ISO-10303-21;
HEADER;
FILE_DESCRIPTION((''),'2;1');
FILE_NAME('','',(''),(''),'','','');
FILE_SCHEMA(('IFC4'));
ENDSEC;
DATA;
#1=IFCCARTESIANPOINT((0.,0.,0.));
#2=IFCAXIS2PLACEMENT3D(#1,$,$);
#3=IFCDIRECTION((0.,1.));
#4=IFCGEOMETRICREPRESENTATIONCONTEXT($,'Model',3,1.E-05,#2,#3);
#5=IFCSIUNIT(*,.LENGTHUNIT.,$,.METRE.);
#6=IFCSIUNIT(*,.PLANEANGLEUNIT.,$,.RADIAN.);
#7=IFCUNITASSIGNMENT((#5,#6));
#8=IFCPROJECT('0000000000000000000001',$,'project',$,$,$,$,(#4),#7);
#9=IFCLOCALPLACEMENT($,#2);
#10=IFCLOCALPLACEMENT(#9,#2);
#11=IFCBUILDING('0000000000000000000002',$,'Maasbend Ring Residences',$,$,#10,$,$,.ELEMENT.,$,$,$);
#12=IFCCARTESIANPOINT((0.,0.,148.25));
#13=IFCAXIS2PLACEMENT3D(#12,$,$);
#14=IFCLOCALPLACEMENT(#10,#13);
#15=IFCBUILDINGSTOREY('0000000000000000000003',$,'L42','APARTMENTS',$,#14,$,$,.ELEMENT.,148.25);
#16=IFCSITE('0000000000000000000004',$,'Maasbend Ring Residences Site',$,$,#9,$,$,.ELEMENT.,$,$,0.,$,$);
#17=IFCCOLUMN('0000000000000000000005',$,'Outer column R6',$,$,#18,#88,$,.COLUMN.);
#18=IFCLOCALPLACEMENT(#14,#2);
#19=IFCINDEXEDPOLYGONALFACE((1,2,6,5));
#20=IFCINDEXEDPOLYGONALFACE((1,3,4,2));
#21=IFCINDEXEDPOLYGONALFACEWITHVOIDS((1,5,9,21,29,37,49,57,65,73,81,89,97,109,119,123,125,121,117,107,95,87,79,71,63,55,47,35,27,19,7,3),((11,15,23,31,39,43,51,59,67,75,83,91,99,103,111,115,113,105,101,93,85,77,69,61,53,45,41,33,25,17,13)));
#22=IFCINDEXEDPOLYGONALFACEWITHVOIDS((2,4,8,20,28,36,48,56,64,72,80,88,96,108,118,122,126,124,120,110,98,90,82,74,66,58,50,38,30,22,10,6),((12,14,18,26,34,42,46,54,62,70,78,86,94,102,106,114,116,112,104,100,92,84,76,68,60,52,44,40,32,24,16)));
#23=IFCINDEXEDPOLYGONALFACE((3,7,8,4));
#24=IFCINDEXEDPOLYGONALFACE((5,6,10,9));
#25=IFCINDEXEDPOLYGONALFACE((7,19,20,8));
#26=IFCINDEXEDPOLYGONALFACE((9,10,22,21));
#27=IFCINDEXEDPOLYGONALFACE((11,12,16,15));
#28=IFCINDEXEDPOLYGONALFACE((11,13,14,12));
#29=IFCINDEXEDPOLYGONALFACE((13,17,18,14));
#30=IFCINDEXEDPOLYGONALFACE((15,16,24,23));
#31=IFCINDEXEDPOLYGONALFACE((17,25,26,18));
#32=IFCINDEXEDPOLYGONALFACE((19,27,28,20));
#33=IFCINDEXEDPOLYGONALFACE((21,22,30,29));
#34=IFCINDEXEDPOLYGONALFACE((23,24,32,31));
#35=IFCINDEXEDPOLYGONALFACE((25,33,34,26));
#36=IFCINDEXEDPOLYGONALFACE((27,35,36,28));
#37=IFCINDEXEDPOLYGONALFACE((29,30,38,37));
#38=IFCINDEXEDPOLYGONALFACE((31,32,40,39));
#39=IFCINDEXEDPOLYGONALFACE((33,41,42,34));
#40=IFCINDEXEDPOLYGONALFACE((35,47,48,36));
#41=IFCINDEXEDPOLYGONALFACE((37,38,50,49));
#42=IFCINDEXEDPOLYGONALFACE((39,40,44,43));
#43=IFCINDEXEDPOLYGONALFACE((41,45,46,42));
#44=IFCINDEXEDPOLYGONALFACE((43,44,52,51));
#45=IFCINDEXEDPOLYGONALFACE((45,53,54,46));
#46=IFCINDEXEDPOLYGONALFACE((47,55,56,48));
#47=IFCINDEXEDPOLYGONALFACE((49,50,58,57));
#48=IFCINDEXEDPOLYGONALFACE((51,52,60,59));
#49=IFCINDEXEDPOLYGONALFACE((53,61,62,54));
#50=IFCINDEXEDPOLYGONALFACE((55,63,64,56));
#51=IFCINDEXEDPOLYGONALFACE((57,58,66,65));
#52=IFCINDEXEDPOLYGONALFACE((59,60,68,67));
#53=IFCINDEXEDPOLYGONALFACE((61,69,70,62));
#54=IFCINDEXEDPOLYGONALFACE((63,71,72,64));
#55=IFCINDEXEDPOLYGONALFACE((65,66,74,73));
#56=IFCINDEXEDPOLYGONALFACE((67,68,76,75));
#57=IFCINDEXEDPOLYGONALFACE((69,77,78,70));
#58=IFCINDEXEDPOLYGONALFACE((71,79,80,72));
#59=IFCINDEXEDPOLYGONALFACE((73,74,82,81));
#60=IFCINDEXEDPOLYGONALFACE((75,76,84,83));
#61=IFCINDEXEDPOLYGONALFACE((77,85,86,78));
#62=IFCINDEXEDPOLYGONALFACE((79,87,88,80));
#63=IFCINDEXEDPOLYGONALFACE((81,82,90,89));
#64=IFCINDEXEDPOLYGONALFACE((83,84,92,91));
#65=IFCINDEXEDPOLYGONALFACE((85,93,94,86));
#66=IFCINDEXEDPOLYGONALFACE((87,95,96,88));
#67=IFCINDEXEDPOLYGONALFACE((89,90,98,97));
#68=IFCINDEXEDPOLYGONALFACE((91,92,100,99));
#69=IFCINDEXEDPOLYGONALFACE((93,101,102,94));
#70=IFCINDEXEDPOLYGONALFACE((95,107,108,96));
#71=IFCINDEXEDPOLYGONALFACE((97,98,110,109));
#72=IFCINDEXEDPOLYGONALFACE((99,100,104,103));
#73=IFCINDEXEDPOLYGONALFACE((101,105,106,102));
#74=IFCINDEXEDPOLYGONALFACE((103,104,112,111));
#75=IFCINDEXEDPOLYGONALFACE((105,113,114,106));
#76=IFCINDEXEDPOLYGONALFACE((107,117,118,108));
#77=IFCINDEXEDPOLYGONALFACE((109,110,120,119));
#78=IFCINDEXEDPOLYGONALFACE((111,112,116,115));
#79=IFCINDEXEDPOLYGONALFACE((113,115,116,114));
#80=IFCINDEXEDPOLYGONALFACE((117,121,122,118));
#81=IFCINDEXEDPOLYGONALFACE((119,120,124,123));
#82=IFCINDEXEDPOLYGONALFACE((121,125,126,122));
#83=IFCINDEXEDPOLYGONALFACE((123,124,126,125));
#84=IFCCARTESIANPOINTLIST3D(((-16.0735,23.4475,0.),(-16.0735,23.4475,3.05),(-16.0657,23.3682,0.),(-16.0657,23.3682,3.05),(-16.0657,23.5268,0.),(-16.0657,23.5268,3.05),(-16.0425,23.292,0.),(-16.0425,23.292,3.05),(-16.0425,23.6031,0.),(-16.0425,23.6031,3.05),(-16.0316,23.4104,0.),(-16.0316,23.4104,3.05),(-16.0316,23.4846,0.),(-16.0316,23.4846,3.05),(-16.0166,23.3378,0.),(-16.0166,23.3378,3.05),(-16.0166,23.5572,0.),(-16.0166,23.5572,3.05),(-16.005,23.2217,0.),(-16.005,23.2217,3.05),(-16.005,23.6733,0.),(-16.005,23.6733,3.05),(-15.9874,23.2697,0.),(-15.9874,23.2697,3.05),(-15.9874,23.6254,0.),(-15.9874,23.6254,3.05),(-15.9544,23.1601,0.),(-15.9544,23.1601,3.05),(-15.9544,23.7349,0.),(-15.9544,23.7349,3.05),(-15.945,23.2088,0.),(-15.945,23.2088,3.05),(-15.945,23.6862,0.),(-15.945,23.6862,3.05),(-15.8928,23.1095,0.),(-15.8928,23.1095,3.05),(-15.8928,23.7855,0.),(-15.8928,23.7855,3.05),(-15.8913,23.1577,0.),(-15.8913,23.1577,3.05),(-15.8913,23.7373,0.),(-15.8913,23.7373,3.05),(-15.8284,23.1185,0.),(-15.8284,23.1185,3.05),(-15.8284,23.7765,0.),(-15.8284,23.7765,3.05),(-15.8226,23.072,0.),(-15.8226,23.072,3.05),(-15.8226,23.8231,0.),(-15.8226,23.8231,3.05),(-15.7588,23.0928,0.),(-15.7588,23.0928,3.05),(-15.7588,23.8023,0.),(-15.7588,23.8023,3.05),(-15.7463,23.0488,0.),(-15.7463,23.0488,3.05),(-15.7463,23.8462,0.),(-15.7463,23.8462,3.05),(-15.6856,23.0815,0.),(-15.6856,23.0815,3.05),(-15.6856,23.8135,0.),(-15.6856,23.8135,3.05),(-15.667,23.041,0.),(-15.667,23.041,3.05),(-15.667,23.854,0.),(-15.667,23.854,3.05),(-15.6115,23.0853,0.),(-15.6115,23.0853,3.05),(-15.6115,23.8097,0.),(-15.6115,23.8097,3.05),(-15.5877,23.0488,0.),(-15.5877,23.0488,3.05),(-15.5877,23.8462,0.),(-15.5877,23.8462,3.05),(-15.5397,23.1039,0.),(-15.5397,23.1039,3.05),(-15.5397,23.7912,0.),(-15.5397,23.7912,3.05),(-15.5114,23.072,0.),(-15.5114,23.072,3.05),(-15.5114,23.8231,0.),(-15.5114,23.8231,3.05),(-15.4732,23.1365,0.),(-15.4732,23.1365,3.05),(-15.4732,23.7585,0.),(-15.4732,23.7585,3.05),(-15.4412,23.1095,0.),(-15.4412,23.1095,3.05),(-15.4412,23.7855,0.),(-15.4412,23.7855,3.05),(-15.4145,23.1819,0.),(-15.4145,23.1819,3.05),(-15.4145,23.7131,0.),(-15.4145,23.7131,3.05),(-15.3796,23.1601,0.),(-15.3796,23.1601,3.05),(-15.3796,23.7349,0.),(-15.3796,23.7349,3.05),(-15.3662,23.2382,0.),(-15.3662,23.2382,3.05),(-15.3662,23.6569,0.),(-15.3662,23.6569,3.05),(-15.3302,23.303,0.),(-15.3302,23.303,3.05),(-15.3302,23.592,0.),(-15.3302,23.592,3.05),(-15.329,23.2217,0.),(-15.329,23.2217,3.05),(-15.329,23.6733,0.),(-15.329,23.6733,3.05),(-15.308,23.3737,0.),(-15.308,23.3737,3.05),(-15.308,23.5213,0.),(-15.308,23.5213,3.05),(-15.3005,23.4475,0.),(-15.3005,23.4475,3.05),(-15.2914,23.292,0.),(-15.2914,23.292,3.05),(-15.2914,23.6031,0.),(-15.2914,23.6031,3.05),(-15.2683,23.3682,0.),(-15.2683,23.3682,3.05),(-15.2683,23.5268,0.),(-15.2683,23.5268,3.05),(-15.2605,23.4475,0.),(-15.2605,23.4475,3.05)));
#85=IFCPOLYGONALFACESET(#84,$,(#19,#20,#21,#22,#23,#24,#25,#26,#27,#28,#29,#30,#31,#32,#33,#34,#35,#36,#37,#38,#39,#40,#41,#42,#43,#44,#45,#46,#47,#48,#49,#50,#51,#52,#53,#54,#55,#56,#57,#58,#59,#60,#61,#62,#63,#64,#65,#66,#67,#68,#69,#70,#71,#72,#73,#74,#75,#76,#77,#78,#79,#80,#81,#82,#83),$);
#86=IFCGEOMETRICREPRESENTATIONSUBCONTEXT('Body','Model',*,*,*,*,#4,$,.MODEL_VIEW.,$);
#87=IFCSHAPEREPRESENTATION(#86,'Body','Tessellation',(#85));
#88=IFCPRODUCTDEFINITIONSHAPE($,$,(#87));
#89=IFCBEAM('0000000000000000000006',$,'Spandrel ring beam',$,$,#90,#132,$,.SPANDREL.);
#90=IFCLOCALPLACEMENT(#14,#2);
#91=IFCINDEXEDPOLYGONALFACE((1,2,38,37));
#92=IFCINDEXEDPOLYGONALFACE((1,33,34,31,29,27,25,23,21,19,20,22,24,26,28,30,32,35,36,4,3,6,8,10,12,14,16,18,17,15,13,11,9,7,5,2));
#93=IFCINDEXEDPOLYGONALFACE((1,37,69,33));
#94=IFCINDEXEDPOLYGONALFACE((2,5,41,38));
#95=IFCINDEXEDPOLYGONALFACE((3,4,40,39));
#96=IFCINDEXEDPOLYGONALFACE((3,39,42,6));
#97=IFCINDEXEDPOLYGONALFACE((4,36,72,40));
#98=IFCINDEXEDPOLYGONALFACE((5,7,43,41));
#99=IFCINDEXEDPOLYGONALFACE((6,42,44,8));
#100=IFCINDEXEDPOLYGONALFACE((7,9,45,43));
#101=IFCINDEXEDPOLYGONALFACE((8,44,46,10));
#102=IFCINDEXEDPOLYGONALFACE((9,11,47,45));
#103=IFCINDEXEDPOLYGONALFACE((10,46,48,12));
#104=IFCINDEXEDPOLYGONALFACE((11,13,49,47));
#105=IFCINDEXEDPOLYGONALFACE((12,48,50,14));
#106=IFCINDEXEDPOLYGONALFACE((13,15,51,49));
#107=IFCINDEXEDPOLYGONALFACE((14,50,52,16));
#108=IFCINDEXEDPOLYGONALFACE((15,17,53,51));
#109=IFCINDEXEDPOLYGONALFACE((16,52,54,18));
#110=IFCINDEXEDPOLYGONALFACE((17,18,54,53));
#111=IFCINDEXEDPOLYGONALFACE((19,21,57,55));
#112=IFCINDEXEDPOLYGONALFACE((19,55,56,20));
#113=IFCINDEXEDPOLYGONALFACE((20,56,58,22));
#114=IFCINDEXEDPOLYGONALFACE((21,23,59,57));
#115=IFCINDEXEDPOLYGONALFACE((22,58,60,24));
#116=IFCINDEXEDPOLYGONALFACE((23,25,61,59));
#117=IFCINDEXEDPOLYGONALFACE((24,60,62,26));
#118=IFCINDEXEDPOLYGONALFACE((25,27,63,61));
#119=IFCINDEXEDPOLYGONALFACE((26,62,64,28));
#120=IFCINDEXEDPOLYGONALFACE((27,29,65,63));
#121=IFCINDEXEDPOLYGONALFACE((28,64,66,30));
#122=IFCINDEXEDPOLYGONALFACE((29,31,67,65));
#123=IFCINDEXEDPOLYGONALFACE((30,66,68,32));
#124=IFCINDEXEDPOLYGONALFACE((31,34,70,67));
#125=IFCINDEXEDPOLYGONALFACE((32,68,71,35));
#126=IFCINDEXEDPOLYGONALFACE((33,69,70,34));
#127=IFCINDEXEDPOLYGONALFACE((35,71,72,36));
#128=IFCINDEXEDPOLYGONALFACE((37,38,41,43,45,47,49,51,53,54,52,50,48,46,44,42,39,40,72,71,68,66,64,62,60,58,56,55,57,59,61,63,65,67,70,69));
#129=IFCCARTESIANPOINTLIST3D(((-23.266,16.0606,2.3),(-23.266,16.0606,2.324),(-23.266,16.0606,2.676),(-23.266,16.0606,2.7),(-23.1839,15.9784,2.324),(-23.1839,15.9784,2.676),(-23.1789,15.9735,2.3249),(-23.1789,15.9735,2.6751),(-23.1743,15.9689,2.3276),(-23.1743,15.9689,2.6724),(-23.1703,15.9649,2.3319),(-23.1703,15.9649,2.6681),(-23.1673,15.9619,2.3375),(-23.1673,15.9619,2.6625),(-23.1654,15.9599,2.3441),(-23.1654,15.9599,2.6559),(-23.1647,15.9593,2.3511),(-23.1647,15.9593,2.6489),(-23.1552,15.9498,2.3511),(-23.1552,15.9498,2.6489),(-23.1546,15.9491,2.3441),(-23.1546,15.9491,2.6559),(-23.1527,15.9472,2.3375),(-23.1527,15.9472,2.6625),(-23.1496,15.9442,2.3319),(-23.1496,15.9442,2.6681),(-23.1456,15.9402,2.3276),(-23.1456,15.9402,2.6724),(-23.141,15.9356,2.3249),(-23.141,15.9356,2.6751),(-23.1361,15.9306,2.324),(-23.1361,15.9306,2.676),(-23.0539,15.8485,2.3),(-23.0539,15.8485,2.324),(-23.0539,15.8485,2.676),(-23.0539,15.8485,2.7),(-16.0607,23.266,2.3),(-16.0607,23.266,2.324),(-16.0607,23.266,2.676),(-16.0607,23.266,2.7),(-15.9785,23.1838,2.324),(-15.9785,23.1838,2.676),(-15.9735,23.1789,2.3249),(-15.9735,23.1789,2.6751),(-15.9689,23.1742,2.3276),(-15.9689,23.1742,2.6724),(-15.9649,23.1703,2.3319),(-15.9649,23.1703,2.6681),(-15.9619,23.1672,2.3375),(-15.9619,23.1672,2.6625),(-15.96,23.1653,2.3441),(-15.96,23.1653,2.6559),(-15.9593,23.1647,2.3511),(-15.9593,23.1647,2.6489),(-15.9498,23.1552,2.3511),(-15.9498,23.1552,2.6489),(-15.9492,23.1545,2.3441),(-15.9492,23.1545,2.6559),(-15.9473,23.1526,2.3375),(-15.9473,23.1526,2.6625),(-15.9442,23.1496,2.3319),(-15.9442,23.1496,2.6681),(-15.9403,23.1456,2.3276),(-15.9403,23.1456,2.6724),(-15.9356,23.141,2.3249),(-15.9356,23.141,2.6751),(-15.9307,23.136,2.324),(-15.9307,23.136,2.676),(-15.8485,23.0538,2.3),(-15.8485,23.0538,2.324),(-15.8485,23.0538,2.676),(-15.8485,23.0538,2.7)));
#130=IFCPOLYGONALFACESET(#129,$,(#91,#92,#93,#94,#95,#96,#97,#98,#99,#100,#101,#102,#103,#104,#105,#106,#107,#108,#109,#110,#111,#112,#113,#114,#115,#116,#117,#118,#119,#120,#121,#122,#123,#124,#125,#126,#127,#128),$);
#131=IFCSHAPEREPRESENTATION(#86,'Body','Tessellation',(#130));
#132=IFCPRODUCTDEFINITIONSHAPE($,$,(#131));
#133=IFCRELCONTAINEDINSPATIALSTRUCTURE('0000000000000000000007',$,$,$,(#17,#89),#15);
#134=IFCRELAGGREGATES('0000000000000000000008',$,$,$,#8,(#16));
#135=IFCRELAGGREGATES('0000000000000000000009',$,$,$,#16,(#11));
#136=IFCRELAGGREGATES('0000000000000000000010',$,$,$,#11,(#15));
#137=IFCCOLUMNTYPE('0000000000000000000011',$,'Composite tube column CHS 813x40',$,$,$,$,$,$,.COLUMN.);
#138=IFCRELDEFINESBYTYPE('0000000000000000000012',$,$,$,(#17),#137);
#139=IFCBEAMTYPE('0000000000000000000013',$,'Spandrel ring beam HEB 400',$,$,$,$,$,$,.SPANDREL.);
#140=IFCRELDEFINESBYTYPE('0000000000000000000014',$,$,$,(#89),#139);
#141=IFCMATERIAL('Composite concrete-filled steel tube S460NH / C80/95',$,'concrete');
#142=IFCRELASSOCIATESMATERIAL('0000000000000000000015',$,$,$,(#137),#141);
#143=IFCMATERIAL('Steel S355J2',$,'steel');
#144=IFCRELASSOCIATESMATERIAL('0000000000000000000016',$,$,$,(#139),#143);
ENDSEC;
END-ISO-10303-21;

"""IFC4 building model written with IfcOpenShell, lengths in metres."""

from ifc_helpers import new_model, si_unit, direction, frame, origin, origin_2d, place, context, subcontext, project, spatial, hollow_circle, i_section, extrude, material, material_profile, profile_set, type_object, element, save


model = new_model("IFC4")

# Units and contexts
model_context = context("Model", 3, precision=1e-05, world=origin(), true_north=direction((0.0, 1.0)))
body_context = subcontext(model_context, "Body", "Model", "MODEL_VIEW")
ifc_project = project(units=[si_unit("LENGTHUNIT", "METRE"), si_unit("PLANEANGLEUNIT", "RADIAN")], contexts=[model_context])

# Site, building, storey
site_placement = place(None, origin())
site = spatial("IfcSite", under=ifc_project, at=site_placement, Name="Maasbend Ring Residences Site", CompositionType="ELEMENT", RefElevation=0.0)
building_placement = place(site_placement, origin())
building = spatial("IfcBuilding", under=site, at=building_placement, Name="Maasbend Ring Residences", CompositionType="ELEMENT")
storey_placement = place(building_placement, frame((0.0, 0.0, 148.25)))
storey = spatial("IfcBuildingStorey", under=building, at=storey_placement, Name="L42", Description="APARTMENTS", CompositionType="ELEMENT", Elevation=148.25)

# Column
ifc_material_1 = material(Name="Composite concrete-filled steel tube S460NH / C80/95", Category="concrete")
ifc_material_profile_1 = material_profile(ifc_material_1, hollow_circle(Radius=0.4065, WallThickness=0.04, at=origin_2d()), Name="Composite tube column CHS 813x40")
ifc_profile_set_1 = profile_set([ifc_material_profile_1], Name="Composite concrete-filled steel tube S460NH / C80/95")
column_type = type_object("IfcColumnType", Name="Composite tube column CHS 813x40", PredefinedType="COLUMN", material=ifc_profile_set_1)
column_placement = place(storey_placement, frame((-15.667, 23.4475, 0.0), z_axis=(0.0, 0.0, 1.0), x_axis=(1.0, 0.0, 0.0)))
element("IfcColumn", 1, at=column_placement, inside=storey, type_object=column_type, Name="Outer column R6", PredefinedType="COLUMN", context=body_context, shape_type="SweptSolid", body=[
    extrude(hollow_circle(Radius=0.4065, WallThickness=0.04, at=origin_2d()), origin(), (0.0, 0.0, 1.0), 3.05),
])

# Beam
ifc_material_2 = material(Name="Steel S355J2", Category="steel")
ifc_material_profile_2 = material_profile(ifc_material_2, i_section(OverallWidth=0.3, OverallDepth=0.3999, WebThickness=0.0134, FlangeThickness=0.0239, FilletRadius=0.0271, at=origin_2d()), Name="HEB 400")
ifc_profile_set_2 = profile_set([ifc_material_profile_2], Name="Steel S355J2")
beam_type = type_object("IfcBeamType", Name="Spandrel ring beam HEB 400", PredefinedType="SPANDREL", material=ifc_profile_set_2)
beam_placement = place(storey_placement, frame((-15.9546, 23.1599, 2.5), z_axis=(-0.707107, -0.707107, 0.0), x_axis=(0.707107, -0.707107, 0.0)))
element("IfcBeam", 2, at=beam_placement, inside=storey, type_object=beam_type, Name="Spandrel ring beam", PredefinedType="SPANDREL", context=body_context, shape_type="SweptSolid", body=[
    extrude(i_section(OverallWidth=0.3, OverallDepth=0.3999, WebThickness=0.0134, FlangeThickness=0.0239, FilletRadius=0.0271, at=origin_2d()), origin(), (0.0, 0.0, 1.0), 10.1899),
])

save(model, "model.ifc")
